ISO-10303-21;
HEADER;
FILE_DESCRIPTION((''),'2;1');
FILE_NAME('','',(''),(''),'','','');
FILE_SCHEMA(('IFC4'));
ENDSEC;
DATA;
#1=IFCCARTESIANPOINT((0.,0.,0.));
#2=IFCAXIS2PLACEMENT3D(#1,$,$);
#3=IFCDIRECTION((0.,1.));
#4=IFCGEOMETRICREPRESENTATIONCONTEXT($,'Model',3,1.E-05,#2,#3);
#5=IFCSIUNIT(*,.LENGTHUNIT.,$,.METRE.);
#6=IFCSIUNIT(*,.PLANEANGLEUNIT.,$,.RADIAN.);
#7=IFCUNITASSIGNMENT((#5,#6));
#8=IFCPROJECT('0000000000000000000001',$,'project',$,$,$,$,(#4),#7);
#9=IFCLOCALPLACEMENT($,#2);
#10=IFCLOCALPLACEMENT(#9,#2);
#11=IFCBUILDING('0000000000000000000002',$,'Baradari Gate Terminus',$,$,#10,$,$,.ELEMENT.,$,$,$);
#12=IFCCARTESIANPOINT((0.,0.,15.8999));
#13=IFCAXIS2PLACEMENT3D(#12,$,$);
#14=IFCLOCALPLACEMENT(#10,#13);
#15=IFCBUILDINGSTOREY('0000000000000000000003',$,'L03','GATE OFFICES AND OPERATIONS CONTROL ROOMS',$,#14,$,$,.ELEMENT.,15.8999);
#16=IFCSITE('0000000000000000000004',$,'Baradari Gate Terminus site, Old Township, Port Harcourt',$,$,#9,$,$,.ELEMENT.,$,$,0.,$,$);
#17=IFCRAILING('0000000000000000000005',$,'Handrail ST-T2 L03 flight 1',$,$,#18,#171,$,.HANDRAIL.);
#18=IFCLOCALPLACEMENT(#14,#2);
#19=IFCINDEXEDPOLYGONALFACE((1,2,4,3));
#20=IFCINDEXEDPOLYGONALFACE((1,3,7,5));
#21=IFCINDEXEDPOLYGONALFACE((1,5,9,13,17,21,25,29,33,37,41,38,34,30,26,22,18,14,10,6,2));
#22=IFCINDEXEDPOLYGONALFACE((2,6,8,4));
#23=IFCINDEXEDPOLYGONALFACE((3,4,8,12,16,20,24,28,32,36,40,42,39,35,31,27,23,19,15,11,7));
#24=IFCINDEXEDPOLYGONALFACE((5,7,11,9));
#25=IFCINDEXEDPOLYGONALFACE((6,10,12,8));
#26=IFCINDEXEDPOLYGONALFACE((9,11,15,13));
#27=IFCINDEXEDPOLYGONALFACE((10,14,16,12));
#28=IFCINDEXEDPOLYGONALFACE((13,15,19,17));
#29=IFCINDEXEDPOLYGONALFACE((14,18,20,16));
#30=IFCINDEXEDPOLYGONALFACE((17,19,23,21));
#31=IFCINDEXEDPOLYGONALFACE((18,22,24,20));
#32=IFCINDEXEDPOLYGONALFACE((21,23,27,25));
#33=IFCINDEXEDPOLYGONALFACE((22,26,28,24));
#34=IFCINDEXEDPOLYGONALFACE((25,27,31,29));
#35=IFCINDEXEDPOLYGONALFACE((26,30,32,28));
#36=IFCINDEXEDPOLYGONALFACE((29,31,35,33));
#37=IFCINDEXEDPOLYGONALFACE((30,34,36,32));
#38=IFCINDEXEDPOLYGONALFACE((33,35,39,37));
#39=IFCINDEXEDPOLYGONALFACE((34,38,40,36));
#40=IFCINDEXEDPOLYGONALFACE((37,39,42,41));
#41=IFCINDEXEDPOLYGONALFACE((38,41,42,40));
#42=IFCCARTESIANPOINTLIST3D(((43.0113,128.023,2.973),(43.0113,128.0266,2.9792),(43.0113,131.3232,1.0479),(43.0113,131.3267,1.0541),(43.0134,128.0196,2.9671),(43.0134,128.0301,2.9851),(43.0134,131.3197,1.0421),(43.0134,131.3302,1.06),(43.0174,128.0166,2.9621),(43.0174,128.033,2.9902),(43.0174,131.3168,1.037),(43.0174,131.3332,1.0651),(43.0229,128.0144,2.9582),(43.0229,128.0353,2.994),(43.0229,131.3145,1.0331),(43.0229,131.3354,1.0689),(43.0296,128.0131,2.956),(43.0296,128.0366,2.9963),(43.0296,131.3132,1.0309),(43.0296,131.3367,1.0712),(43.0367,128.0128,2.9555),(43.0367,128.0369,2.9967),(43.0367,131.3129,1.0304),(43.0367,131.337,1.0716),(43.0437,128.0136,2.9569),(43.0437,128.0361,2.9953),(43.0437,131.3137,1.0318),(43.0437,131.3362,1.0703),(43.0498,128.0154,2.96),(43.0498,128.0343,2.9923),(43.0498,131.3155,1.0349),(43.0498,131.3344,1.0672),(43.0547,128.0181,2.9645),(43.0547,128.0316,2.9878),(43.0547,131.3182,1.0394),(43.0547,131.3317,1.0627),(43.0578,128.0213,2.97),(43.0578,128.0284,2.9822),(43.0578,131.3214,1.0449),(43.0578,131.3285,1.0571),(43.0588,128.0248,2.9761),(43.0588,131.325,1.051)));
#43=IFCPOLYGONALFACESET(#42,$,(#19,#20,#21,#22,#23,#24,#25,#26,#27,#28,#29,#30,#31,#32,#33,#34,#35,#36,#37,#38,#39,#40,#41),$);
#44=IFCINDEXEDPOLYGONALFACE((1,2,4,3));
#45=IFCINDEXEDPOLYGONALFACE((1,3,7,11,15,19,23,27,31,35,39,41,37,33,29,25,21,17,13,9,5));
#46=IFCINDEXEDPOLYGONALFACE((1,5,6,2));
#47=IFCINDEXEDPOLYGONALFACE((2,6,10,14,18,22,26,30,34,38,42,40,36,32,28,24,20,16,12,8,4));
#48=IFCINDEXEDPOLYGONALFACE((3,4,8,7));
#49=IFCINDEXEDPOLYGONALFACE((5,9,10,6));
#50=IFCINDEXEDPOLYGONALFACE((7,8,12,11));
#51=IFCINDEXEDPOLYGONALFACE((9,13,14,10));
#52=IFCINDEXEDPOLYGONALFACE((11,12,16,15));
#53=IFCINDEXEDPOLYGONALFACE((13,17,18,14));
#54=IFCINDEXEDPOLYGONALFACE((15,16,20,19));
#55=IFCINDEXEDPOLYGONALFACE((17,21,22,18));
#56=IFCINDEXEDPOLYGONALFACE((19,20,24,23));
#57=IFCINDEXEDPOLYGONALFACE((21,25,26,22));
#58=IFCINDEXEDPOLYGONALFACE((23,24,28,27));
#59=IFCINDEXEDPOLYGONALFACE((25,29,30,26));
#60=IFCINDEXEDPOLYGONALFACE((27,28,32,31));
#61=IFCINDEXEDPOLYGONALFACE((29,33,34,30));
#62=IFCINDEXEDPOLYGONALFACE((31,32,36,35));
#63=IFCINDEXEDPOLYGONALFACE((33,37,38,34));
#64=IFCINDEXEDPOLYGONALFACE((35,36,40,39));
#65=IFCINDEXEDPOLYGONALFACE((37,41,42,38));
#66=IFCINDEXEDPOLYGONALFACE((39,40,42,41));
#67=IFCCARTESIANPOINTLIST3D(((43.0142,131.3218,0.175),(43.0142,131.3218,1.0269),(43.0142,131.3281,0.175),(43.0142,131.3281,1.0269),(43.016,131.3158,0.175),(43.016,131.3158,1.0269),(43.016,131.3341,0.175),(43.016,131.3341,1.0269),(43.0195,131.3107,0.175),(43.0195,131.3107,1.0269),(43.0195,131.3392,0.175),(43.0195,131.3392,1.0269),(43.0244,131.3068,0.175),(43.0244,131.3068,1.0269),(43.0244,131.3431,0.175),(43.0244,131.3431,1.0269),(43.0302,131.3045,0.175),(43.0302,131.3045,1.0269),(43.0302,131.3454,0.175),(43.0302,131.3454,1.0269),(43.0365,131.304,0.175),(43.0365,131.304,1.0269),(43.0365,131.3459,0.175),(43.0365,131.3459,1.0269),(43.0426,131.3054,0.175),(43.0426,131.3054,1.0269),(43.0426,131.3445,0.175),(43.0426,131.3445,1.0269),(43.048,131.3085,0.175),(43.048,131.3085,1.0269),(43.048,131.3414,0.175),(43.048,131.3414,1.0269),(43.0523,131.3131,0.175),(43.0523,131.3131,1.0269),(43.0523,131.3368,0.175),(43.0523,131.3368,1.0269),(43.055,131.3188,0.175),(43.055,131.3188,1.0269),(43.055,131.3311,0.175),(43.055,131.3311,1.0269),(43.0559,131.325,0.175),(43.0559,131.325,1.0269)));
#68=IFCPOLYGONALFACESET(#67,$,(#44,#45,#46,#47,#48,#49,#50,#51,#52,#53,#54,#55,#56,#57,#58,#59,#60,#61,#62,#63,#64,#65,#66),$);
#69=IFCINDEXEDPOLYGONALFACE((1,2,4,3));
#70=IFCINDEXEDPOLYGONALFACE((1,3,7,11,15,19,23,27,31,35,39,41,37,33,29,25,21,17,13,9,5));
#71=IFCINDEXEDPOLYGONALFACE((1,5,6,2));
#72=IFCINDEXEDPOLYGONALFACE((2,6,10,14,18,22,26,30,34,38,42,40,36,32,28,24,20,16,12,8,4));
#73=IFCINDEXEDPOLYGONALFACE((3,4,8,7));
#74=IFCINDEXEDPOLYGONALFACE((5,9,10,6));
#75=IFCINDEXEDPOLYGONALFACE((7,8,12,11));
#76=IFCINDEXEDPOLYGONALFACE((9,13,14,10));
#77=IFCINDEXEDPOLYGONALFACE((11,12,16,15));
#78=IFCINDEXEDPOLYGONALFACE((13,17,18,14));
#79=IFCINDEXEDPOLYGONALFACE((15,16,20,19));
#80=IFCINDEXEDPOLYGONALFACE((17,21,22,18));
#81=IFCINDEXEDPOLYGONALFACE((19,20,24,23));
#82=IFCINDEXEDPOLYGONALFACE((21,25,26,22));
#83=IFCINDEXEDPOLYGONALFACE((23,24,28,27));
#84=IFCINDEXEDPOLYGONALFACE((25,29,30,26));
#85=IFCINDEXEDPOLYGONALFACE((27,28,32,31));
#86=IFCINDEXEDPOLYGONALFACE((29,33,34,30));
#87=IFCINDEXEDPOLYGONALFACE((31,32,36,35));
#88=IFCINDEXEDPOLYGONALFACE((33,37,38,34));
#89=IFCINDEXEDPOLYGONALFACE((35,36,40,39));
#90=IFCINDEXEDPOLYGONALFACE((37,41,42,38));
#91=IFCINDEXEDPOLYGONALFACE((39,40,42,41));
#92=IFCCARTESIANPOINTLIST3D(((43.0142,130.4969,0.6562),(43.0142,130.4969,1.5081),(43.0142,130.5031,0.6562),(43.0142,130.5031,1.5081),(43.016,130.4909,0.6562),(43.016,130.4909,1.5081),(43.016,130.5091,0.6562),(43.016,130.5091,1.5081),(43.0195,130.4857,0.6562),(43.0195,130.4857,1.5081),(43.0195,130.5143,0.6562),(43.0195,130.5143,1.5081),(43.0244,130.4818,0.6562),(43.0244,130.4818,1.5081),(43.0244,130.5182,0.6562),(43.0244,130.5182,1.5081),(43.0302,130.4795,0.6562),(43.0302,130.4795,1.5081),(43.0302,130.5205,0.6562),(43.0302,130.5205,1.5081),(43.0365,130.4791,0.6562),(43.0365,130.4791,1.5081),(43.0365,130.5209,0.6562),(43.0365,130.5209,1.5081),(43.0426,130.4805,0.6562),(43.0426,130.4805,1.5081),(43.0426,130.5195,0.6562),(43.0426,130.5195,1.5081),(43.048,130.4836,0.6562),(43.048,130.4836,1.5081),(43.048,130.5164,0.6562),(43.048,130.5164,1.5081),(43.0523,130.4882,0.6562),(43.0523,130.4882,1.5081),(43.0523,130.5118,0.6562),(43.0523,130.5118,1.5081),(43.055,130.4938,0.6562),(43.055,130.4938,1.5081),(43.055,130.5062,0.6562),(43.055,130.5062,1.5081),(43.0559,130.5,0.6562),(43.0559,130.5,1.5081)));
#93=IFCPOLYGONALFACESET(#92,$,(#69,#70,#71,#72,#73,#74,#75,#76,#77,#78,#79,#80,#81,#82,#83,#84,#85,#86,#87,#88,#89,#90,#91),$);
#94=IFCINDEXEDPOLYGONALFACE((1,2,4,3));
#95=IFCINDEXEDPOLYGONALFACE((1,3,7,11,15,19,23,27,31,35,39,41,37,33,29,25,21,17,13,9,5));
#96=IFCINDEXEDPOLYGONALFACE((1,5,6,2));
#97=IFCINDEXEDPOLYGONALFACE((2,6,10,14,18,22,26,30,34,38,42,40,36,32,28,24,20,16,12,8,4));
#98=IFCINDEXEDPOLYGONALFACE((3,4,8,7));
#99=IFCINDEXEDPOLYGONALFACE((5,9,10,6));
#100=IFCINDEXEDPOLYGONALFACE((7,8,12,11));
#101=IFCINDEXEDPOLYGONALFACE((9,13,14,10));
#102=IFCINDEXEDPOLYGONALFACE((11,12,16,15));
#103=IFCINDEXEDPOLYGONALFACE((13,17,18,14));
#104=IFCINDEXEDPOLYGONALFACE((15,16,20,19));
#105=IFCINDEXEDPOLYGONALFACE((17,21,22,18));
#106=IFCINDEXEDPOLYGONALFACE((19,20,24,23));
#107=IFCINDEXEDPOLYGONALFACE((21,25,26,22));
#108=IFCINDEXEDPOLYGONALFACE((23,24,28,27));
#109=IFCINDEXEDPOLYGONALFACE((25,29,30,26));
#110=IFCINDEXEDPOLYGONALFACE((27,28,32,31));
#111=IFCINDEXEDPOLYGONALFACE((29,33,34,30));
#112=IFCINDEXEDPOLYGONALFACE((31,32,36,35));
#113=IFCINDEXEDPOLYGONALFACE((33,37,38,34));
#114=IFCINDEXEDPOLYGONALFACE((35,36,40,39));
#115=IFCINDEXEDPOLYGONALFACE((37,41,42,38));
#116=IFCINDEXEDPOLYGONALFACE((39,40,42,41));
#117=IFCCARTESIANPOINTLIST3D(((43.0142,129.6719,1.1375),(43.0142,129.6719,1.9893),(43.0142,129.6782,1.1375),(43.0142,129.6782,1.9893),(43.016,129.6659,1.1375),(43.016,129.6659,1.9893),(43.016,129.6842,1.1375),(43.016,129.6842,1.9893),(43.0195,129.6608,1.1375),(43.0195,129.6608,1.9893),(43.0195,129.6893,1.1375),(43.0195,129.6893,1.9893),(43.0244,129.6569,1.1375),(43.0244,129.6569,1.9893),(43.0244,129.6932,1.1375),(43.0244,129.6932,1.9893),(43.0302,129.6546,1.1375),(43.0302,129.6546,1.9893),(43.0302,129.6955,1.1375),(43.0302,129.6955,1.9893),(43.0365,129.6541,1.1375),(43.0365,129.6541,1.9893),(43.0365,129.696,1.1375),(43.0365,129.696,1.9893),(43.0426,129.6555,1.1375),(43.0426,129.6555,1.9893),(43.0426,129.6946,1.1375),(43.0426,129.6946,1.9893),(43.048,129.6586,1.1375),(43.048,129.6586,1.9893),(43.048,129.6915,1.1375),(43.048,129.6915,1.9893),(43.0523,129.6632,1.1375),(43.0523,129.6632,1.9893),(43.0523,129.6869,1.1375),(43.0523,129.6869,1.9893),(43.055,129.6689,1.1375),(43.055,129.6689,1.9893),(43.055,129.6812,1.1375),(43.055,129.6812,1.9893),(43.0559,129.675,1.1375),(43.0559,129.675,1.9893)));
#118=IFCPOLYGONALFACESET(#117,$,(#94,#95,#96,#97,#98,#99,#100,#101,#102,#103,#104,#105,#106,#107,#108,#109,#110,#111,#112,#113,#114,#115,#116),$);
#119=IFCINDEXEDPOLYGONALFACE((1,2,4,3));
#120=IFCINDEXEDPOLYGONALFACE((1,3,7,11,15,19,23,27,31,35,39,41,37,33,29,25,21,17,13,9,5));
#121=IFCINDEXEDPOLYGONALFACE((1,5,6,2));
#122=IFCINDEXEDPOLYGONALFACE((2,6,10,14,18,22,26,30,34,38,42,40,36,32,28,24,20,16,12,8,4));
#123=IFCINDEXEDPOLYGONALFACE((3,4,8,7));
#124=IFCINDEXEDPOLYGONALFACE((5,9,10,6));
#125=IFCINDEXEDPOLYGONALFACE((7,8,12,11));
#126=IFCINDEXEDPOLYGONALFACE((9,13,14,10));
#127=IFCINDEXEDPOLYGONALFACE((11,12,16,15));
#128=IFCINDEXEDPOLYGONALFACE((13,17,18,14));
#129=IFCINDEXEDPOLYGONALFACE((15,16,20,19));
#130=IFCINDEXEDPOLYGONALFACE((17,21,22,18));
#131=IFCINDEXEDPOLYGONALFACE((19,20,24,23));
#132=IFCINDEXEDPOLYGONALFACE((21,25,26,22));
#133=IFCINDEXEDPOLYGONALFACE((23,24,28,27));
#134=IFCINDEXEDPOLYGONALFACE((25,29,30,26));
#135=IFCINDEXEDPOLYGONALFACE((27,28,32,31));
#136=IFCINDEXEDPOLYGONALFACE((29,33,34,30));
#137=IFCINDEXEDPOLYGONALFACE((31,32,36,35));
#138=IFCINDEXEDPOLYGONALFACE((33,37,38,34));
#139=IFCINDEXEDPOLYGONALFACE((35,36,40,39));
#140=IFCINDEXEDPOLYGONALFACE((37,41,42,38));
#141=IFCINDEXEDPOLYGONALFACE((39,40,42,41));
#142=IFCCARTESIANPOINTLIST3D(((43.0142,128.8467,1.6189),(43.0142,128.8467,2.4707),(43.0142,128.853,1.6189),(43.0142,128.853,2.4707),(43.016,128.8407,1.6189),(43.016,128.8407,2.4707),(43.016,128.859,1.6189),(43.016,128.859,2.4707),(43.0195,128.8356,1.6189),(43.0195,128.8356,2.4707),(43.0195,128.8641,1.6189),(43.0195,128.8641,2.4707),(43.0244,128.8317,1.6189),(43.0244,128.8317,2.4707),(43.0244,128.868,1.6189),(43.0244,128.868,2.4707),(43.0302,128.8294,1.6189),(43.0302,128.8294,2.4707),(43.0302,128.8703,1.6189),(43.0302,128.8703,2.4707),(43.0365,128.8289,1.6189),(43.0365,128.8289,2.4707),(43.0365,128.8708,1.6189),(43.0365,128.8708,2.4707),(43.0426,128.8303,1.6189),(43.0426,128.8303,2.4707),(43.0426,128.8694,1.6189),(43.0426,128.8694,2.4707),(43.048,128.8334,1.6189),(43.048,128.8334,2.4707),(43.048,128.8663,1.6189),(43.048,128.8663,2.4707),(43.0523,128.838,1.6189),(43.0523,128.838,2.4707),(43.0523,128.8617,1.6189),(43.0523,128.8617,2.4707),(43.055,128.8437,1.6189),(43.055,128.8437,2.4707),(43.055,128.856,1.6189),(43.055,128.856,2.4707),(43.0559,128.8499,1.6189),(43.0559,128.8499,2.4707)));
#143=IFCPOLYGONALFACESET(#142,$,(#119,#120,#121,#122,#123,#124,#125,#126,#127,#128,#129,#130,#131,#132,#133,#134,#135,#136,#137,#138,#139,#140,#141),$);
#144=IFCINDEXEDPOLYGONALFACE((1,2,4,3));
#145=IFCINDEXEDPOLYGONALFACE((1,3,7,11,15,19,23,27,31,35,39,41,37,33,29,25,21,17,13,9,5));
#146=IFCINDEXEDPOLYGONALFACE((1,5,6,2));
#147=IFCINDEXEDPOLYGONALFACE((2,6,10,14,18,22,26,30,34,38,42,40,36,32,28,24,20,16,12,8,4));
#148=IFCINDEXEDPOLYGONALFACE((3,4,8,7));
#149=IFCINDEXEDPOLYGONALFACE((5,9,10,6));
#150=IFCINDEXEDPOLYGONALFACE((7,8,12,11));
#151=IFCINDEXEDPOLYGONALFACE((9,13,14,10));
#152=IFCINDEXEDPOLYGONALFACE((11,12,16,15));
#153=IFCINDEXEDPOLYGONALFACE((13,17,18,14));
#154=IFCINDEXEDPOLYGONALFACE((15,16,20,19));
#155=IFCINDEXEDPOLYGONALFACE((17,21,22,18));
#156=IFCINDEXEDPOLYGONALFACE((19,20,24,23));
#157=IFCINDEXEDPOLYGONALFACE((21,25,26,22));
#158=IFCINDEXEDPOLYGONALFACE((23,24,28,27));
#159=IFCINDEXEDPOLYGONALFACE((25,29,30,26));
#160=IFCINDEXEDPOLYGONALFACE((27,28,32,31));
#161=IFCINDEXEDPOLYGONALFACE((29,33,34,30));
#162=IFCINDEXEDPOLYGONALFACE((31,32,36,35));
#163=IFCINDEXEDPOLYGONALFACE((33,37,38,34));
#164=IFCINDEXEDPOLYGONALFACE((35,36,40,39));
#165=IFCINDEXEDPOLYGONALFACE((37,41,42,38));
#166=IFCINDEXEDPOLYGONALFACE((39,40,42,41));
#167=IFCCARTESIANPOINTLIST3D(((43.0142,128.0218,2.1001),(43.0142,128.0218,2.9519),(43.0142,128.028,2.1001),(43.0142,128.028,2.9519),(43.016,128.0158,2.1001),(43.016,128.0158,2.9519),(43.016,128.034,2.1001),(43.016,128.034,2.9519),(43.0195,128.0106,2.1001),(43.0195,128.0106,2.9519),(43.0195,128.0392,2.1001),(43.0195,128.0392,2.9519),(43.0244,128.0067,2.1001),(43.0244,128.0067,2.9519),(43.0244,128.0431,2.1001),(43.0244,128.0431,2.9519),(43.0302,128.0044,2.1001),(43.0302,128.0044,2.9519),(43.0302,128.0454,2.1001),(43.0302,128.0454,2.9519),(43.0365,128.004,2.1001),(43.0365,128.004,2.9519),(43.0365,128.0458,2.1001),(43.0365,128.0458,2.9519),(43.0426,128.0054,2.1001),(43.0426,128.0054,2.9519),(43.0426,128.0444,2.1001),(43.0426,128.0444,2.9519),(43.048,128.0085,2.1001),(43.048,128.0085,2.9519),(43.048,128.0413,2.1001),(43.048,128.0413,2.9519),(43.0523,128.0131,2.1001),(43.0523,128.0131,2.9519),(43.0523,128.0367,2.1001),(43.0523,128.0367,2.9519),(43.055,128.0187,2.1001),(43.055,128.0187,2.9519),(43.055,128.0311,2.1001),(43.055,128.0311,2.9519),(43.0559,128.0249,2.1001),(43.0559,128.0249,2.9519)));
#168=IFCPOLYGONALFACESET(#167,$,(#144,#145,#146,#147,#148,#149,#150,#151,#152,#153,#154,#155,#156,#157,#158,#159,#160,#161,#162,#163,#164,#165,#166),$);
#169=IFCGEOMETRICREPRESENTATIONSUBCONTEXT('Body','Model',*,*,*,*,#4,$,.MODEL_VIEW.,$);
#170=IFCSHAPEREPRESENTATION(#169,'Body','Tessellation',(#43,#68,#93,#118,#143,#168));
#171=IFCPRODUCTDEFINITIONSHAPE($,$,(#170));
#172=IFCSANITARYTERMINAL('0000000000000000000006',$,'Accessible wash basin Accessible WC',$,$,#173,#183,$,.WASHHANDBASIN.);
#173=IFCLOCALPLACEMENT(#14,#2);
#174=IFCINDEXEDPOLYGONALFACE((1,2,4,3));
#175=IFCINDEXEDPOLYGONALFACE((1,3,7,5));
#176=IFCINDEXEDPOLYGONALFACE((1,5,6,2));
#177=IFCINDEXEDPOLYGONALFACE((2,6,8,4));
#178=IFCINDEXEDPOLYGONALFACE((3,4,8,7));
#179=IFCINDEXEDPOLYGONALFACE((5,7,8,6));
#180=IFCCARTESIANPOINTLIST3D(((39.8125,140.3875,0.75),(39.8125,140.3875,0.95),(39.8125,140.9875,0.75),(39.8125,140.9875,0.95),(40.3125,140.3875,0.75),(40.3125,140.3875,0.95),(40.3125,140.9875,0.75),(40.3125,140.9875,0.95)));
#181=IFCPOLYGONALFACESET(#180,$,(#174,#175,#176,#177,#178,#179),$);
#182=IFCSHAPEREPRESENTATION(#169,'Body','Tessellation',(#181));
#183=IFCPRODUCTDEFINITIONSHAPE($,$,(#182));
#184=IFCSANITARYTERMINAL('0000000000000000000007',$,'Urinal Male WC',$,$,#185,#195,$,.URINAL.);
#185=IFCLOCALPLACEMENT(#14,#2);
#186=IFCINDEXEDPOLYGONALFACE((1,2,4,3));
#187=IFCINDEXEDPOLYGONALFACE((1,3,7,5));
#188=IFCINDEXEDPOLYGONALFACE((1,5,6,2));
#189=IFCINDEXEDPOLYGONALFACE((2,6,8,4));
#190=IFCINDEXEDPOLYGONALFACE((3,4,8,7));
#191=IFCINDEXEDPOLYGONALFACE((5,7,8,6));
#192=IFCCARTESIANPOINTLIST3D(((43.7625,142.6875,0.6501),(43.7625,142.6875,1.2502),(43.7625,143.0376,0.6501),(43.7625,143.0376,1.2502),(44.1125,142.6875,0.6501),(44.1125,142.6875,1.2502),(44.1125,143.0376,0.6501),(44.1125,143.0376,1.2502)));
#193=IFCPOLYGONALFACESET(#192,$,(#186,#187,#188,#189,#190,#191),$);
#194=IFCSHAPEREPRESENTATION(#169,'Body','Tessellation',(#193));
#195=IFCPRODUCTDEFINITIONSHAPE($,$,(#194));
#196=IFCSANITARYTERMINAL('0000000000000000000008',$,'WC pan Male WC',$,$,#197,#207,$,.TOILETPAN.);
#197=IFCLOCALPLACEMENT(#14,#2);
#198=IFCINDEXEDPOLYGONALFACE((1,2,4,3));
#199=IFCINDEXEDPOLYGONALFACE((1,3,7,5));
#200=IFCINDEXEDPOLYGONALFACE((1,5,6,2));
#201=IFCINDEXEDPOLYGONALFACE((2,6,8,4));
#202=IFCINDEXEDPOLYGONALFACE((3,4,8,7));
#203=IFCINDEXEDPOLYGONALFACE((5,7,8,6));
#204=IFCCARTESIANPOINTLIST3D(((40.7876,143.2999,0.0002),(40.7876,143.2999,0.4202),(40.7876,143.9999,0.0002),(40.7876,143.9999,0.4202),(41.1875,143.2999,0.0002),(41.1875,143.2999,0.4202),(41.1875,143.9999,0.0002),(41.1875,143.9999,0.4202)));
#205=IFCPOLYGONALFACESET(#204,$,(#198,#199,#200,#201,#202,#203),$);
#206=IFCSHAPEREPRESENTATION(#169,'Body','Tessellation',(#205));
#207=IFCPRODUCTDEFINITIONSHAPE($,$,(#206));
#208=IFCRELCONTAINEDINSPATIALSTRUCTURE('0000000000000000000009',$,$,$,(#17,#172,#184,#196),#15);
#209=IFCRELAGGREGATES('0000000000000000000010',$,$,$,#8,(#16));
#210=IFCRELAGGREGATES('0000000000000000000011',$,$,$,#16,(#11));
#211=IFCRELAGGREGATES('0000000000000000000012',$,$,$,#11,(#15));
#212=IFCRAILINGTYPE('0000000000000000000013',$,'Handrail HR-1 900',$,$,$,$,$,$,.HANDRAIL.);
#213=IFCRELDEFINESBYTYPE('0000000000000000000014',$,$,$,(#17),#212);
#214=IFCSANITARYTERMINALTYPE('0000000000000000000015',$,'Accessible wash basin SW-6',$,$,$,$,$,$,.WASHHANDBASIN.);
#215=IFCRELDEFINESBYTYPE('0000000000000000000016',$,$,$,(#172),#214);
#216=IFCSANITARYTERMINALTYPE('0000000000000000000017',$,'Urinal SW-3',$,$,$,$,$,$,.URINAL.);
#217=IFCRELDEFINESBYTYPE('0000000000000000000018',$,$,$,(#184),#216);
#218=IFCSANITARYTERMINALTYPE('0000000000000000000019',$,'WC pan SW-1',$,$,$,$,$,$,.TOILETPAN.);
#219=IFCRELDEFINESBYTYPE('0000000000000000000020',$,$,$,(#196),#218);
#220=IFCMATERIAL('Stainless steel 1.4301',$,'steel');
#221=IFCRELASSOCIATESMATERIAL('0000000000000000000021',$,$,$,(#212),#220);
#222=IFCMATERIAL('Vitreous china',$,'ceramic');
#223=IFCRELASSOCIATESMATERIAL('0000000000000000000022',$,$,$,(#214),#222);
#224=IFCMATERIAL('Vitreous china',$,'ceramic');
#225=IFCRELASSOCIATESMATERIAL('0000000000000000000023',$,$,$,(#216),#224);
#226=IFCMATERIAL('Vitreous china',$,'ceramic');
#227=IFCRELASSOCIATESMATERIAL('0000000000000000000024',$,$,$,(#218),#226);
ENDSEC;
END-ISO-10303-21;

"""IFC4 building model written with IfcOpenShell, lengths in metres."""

from ifc_helpers import new_model, si_unit, direction, frame, origin, origin_2d, place, context, subcontext, project, spatial, rectangle, circle, extrude, material, type_object, element, save


model = new_model("IFC4")

# Units and contexts
model_context = context("Model", 3, precision=1e-05, world=origin(), true_north=direction((0.0, 1.0)))
body_context = subcontext(model_context, "Body", "Model", "MODEL_VIEW")
ifc_project = project(units=[si_unit("LENGTHUNIT", "METRE"), si_unit("PLANEANGLEUNIT", "RADIAN")], contexts=[model_context])

# Site, building, storey
site_placement = place(None, origin())
site = spatial("IfcSite", under=ifc_project, at=site_placement, Name="Baradari Gate Terminus site, Old Township, Port Harcourt", CompositionType="ELEMENT", RefElevation=0.0)
building_placement = place(site_placement, origin())
building = spatial("IfcBuilding", under=site, at=building_placement, Name="Baradari Gate Terminus", CompositionType="ELEMENT")
storey_placement = place(building_placement, frame((0.0, 0.0, 15.8999)))
storey = spatial("IfcBuildingStorey", under=building, at=storey_placement, Name="L03", Description="GATE OFFICES AND OPERATIONS CONTROL ROOMS", CompositionType="ELEMENT", Elevation=15.8999)

# Railing
ifc_material_1 = material(Name="Stainless steel 1.4301", Category="steel")
railing_type_1 = type_object("IfcRailingType", Name="Handrail HR-1 900", PredefinedType="HANDRAIL", material=ifc_material_1)
for number, where, name in (
    (1, (43.0349, 131.325, 0.175), "Handrail ST-T2 L03 flight 1"),
):
    element("IfcRailing", number, at=place(storey_placement, frame(where)), inside=storey, type_object=railing_type_1, Name=name, PredefinedType="HANDRAIL", context=body_context, shape_type="SweptSolid", body=[
        extrude(circle(Radius=0.0239, at=origin_2d()), frame((0.0, 0.0, 0.876), z_axis=(0.0, -0.863777, 0.503875), x_axis=(1.0, 0.0, 0.0)), (0.0, 0.0, 1.0), 3.8206),
        extrude(circle(Radius=0.021, at=origin_2d()), origin(), (0.0, 0.0, 1.0), 0.8518),
        extrude(circle(Radius=0.021, at=origin_2d()), frame((0.0, -0.825, 0.4812)), (0.0, 0.0, 1.0), 0.8518),
        extrude(circle(Radius=0.021, at=origin_2d()), frame((0.0, -1.6499, 0.9624)), (0.0, 0.0, 1.0), 0.8518),
        extrude(circle(Radius=0.021, at=origin_2d()), frame((0.0, -2.4751, 1.4438)), (0.0, 0.0, 1.0), 0.8518),
        extrude(circle(Radius=0.021, at=origin_2d()), frame((0.0, -3.3, 1.925)), (0.0, 0.0, 1.0), 0.8518),
    ])

# Sanitary terminals
ifc_material_2 = material(Name="Vitreous china", Category="ceramic")
sanitary_terminal_type_1 = type_object("IfcSanitaryTerminalType", Name="Accessible wash basin SW-6", PredefinedType="WASHHANDBASIN", material=ifc_material_2)
sanitary_terminal_1_placement = place(storey_placement, frame((40.0625, 140.6875, 0.75), z_axis=(0.0, 0.0, 1.0), x_axis=(1.0, 0.0, 0.0)))
element("IfcSanitaryTerminal", 2, at=sanitary_terminal_1_placement, inside=storey, type_object=sanitary_terminal_type_1, Name="Accessible wash basin Accessible WC", PredefinedType="WASHHANDBASIN", context=body_context, shape_type="SweptSolid", body=[
    extrude(rectangle(XDim=0.5, YDim=0.6001, at=origin_2d()), origin(), (0.0, 0.0, 1.0), 0.2),
])
ifc_material_3 = material(Name="Vitreous china", Category="ceramic")
sanitary_terminal_type_2 = type_object("IfcSanitaryTerminalType", Name="Urinal SW-3", PredefinedType="URINAL", material=ifc_material_3)
sanitary_terminal_2_placement = place(storey_placement, frame((43.9375, 142.8625, 0.6501), z_axis=(0.0, 0.0, 1.0), x_axis=(1.0, 0.0, 0.0)))
element("IfcSanitaryTerminal", 3, at=sanitary_terminal_2_placement, inside=storey, type_object=sanitary_terminal_type_2, Name="Urinal Male WC", PredefinedType="URINAL", context=body_context, shape_type="SweptSolid", body=[
    extrude(rectangle(XDim=0.3501, YDim=0.3501, at=origin_2d()), origin(), (0.0, 0.0, 1.0), 0.6001),
])
ifc_material_4 = material(Name="Vitreous china", Category="ceramic")
sanitary_terminal_type_3 = type_object("IfcSanitaryTerminalType", Name="WC pan SW-1", PredefinedType="TOILETPAN", material=ifc_material_4)
for number, where, z_axis, x_axis, name in (
    (4, (40.9875, 143.6499, 0.0002), (0.0, 0.0, 1.0), (1.0, 0.0, 0.0), "WC pan Male WC"),
):
    element("IfcSanitaryTerminal", number, at=place(storey_placement, frame(where, z_axis=z_axis, x_axis=x_axis)), inside=storey, type_object=sanitary_terminal_type_3, Name=name, PredefinedType="TOILETPAN", context=body_context, shape_type="SweptSolid", body=[
        extrude(rectangle(XDim=0.3999, YDim=0.7, at=origin_2d()), origin(), (0.0, 0.0, 1.0), 0.4199),
    ])

save(model, "model.ifc")
